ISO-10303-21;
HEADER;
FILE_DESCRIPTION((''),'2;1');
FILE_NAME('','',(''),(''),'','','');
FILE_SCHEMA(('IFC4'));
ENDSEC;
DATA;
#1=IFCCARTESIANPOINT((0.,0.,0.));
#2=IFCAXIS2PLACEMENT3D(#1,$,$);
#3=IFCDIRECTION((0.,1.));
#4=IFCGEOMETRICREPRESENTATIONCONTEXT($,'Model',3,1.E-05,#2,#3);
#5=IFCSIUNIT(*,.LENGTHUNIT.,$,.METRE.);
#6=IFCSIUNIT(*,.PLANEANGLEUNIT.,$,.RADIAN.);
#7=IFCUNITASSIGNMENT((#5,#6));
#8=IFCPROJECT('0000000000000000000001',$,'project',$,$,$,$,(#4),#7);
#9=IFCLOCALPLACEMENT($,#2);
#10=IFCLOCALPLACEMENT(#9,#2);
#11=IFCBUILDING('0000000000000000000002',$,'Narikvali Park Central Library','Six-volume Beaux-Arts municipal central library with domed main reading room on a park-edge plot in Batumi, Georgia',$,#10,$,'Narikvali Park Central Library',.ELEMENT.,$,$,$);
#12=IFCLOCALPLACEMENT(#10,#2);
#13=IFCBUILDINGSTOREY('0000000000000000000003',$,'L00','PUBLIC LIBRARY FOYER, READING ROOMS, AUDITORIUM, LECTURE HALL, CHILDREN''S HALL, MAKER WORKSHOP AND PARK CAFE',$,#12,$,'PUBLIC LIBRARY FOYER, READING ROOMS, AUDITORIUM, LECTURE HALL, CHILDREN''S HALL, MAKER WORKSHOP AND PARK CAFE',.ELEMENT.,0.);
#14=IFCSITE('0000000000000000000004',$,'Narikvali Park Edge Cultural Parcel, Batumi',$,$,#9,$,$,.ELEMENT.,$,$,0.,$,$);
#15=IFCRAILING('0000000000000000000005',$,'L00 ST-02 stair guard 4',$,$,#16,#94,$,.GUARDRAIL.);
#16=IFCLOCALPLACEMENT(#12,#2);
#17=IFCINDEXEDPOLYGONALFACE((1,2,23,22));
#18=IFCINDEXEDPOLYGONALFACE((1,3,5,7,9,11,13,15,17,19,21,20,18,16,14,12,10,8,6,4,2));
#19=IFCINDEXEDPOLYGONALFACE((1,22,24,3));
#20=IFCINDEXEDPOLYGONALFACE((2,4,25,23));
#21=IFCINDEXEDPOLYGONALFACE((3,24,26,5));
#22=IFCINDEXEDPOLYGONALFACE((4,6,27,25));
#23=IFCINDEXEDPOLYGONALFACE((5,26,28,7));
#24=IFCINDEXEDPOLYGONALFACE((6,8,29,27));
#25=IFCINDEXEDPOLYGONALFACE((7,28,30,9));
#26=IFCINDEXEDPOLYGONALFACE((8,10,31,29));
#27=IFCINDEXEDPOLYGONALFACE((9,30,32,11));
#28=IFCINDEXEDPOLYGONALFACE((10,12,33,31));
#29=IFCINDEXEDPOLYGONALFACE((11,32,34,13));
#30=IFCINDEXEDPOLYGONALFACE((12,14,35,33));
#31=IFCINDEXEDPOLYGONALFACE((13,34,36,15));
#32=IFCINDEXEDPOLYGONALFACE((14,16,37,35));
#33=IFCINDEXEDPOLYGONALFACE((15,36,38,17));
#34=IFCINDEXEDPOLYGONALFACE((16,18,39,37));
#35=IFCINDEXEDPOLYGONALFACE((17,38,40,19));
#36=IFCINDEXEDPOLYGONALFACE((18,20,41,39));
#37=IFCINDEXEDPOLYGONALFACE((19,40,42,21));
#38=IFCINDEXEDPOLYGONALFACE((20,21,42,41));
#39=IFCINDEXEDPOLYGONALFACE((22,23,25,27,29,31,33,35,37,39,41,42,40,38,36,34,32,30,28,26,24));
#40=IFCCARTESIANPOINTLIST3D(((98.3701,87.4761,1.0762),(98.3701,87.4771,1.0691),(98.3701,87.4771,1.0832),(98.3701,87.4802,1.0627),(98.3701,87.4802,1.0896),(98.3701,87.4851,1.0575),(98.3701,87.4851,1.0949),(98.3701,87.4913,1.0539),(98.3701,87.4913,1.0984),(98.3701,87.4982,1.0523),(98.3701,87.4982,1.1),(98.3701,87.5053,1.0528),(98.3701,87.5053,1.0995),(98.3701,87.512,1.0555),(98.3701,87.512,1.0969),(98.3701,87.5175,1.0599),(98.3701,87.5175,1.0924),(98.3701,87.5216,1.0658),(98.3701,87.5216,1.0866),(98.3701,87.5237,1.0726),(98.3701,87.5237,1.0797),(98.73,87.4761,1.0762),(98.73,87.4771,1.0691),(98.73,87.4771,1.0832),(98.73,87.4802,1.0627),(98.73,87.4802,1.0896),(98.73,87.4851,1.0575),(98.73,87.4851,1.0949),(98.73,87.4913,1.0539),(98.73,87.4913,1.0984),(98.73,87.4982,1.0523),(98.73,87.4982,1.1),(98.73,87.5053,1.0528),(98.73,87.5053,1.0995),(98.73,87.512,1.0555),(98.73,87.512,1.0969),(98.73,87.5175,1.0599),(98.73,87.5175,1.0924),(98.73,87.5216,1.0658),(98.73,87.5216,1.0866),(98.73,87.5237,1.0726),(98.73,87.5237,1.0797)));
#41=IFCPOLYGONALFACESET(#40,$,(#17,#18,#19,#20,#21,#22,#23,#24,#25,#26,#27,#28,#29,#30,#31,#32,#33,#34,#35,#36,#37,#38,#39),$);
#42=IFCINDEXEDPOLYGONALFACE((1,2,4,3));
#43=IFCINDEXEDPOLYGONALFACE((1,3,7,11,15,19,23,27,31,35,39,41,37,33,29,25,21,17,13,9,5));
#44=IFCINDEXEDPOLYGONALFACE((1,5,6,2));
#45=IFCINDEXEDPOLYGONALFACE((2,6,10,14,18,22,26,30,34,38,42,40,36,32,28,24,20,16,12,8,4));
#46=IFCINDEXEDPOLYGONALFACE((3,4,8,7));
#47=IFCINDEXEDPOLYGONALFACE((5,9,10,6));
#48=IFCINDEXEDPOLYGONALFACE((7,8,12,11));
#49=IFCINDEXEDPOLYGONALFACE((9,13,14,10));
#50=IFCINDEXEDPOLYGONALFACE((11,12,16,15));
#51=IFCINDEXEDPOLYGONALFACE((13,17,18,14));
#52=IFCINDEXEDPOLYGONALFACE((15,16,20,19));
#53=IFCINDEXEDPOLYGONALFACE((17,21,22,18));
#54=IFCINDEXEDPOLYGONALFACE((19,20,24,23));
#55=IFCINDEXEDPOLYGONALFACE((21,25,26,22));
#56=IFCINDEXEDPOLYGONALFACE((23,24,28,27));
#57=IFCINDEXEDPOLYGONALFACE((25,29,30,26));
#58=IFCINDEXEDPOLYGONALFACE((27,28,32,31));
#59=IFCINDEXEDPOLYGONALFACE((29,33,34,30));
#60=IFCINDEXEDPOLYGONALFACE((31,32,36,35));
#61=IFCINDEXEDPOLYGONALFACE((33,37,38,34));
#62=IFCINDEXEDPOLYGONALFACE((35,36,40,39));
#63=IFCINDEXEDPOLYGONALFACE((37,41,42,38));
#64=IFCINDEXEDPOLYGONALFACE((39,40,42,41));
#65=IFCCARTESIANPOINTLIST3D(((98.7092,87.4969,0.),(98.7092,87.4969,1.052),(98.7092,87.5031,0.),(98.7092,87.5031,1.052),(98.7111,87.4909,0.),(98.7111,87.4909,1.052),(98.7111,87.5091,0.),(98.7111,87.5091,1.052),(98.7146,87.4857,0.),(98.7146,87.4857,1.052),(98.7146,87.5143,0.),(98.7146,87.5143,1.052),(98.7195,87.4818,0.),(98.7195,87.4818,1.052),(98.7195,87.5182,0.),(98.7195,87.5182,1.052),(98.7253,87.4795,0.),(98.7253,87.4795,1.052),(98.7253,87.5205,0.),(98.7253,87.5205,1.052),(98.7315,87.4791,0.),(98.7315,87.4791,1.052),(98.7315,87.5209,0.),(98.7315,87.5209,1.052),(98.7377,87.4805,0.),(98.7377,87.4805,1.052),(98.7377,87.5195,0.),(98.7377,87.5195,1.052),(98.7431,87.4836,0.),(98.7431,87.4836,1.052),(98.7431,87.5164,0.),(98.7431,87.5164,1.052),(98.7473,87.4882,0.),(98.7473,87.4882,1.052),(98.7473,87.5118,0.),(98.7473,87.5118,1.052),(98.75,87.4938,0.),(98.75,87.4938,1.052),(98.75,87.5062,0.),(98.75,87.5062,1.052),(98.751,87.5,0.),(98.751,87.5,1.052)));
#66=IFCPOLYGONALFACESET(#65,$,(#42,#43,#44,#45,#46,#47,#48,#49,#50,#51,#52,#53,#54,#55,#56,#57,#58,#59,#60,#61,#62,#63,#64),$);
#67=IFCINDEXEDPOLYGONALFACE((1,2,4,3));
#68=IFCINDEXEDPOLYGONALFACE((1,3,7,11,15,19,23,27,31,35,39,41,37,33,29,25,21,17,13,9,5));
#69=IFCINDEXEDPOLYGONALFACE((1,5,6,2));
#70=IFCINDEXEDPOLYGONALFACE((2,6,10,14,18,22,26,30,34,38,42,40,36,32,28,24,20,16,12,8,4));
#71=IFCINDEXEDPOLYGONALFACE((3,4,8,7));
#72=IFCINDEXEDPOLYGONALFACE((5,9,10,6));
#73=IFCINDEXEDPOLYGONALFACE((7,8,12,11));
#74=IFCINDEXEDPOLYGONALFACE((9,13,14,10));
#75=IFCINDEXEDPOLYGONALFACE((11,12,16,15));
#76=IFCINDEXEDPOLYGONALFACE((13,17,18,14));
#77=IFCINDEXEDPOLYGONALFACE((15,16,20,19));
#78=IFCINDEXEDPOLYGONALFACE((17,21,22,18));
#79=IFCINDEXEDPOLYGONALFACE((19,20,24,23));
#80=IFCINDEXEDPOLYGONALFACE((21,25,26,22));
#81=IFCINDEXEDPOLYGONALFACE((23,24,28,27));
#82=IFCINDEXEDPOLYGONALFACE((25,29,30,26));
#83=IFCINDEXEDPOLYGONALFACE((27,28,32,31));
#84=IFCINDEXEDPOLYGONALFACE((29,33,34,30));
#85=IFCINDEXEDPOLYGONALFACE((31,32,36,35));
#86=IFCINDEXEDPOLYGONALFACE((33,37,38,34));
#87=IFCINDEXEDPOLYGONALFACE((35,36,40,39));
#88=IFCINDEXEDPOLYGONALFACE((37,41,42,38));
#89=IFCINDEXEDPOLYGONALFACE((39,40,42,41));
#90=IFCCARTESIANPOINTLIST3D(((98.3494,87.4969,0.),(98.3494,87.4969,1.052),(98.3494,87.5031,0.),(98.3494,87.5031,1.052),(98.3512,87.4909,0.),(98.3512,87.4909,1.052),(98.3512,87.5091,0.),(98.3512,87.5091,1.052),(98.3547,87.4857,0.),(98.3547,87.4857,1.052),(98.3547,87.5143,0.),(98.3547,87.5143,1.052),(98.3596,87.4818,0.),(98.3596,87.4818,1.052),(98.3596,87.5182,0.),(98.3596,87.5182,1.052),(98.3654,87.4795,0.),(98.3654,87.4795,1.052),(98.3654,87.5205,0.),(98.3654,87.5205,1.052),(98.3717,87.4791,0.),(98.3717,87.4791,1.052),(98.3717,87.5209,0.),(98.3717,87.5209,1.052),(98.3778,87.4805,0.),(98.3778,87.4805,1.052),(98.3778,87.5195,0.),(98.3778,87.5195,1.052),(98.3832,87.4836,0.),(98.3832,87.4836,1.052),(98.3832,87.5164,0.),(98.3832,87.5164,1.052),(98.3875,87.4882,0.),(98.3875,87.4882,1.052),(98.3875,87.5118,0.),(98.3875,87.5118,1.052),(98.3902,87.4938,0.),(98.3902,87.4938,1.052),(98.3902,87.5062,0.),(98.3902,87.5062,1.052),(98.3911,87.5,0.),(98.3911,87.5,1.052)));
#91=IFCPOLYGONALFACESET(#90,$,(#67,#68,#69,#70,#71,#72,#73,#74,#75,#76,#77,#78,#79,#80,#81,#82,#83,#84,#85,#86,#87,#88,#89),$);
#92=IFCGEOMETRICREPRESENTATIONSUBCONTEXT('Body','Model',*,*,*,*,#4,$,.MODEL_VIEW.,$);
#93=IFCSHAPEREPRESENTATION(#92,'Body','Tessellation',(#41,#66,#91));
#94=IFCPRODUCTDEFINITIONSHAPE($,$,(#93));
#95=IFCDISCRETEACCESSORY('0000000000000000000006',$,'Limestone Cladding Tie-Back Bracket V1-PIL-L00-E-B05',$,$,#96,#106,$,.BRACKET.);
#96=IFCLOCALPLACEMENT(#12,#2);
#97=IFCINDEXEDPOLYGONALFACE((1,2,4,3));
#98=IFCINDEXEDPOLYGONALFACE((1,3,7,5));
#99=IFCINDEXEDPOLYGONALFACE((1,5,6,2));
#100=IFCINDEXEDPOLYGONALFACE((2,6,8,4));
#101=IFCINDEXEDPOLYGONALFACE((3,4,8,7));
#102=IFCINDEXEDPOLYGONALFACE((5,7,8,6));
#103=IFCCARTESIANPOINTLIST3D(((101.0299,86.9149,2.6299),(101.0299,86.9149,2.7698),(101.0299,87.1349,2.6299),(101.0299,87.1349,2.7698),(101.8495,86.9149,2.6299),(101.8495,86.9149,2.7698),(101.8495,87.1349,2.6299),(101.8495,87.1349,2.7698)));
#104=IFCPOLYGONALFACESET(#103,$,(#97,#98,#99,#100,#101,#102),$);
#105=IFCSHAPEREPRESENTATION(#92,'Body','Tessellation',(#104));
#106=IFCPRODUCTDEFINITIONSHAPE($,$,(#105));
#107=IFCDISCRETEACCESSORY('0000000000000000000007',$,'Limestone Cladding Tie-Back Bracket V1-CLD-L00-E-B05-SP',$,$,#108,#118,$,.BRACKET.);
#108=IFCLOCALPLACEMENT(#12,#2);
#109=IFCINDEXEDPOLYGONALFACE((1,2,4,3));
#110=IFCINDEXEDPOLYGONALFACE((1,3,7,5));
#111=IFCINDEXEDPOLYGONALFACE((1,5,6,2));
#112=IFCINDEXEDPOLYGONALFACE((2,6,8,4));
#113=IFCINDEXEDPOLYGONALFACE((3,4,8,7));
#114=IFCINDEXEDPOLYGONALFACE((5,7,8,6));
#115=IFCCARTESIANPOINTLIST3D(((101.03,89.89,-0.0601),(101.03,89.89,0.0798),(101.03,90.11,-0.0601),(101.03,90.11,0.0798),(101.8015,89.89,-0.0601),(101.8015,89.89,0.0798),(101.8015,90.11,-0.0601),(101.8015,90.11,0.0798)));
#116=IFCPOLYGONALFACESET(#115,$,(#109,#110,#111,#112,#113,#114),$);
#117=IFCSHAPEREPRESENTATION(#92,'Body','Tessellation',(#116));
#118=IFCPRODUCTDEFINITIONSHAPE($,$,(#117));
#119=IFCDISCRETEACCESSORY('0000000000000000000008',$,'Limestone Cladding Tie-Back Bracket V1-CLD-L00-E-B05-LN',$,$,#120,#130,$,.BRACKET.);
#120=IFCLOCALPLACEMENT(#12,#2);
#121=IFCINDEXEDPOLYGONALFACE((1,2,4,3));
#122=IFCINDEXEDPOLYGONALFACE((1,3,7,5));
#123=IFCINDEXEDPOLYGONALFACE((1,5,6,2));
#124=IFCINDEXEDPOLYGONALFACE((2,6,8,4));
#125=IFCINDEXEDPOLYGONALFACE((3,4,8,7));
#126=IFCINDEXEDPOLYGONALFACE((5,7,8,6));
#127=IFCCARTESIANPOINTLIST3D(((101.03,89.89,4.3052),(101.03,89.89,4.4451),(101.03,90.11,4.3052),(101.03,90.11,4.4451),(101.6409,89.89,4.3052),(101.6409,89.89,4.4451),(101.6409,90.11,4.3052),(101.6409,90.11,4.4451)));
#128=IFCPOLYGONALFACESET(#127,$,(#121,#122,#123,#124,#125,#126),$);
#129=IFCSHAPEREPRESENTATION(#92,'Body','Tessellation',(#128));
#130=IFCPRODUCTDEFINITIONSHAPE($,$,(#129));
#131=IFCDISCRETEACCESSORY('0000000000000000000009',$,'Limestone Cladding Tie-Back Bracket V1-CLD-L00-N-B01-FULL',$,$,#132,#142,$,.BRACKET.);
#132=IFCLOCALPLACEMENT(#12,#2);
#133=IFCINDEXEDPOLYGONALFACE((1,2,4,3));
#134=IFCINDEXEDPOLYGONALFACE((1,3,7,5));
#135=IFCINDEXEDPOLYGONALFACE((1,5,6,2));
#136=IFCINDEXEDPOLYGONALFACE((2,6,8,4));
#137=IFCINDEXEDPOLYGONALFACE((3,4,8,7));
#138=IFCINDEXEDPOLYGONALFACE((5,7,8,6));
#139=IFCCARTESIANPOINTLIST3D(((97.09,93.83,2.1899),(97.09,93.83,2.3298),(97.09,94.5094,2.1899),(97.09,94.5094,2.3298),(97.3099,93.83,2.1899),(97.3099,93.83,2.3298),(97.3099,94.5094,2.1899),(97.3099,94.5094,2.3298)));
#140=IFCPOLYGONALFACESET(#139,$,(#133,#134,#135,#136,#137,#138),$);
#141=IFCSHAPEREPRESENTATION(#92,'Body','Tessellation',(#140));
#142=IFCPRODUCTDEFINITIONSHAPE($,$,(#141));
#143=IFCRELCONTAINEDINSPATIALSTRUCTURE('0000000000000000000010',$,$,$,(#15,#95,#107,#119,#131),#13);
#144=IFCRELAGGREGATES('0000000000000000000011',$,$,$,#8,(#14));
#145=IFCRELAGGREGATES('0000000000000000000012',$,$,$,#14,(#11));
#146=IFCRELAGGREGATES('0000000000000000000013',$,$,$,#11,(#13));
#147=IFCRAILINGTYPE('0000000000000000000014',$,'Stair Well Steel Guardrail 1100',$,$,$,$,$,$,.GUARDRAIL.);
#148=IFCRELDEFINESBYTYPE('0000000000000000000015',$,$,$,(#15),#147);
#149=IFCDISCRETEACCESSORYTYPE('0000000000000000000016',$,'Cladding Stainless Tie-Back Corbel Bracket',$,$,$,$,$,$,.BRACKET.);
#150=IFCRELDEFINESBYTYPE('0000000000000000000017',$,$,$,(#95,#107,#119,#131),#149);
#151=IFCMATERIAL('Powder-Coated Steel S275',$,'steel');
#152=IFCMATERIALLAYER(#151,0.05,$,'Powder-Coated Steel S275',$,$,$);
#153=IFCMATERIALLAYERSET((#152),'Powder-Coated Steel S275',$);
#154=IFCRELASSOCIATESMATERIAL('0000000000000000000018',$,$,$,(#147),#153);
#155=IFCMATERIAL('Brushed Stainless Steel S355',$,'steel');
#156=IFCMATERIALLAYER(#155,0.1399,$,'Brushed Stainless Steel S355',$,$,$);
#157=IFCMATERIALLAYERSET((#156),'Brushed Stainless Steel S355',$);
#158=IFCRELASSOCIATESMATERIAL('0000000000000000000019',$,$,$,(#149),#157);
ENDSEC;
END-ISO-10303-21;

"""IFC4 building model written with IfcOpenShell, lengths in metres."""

from ifc_helpers import new_model, si_unit, direction, frame, origin, origin_2d, place, context, subcontext, project, spatial, rectangle, circle, extrude, material, layer, layer_set, type_object, element, save


model = new_model("IFC4")

# Units and contexts
model_context = context("Model", 3, precision=1e-05, world=origin(), true_north=direction((0.0, 1.0)))
body_context = subcontext(model_context, "Body", "Model", "MODEL_VIEW")
ifc_project = project(units=[si_unit("LENGTHUNIT", "METRE"), si_unit("PLANEANGLEUNIT", "RADIAN")], contexts=[model_context])

# Site, building, storey
site_placement = place(None, origin())
site = spatial("IfcSite", under=ifc_project, at=site_placement, Name="Narikvali Park Edge Cultural Parcel, Batumi", CompositionType="ELEMENT", RefElevation=0.0)
building_placement = place(site_placement, origin())
building = spatial("IfcBuilding", under=site, at=building_placement, Name="Narikvali Park Central Library", Description="Six-volume Beaux-Arts municipal central library with domed main reading room on a park-edge plot in Batumi, Georgia", LongName="Narikvali Park Central Library", CompositionType="ELEMENT")
storey_placement = place(building_placement, origin())
storey = spatial("IfcBuildingStorey", under=building, at=storey_placement, Name="L00", Description="PUBLIC LIBRARY FOYER, READING ROOMS, AUDITORIUM, LECTURE HALL, CHILDREN'S HALL, MAKER WORKSHOP AND PARK CAFE", LongName="PUBLIC LIBRARY FOYER, READING ROOMS, AUDITORIUM, LECTURE HALL, CHILDREN'S HALL, MAKER WORKSHOP AND PARK CAFE", CompositionType="ELEMENT", Elevation=0.0)

# Shared definitions
ifc_material_1 = material(Name="Brushed Stainless Steel S355", Category="steel")

# Railing
ifc_material_2 = material(Name="Powder-Coated Steel S275", Category="steel")
ifc_layer_1 = layer(ifc_material_2, 0.05, Name="Powder-Coated Steel S275")
ifc_layer_set_1 = layer_set([ifc_layer_1], Name="Powder-Coated Steel S275")
railing_type_1 = type_object("IfcRailingType", Name="Stair Well Steel Guardrail 1100", PredefinedType="GUARDRAIL", material=ifc_layer_set_1)
railing_1_placement = place(storey_placement, frame((98.73, 87.5, 0.0)))
element("IfcRailing", 1, at=railing_1_placement, inside=storey, type_object=railing_type_1, Name="L00 ST-02 stair guard 4", PredefinedType="GUARDRAIL", context=body_context, shape_type="SweptSolid", body=[
    extrude(circle(Radius=0.0239, at=origin_2d()), frame((0.0, 0.0, 1.0762), z_axis=(-1.0, 0.0, 0.0), x_axis=(0.0, -1.0, 0.0)), (0.0, 0.0, 1.0), 0.3599),
    extrude(circle(Radius=0.021, at=origin_2d()), origin(), (0.0, 0.0, 1.0), 1.052),
    extrude(circle(Radius=0.021, at=origin_2d()), frame((-0.3599, 0.0, 0.0)), (0.0, 0.0, 1.0), 1.052),
])

# Discrete accessories
ifc_layer_2 = layer(ifc_material_1, 0.1399, Name="Brushed Stainless Steel S355")
ifc_layer_set_2 = layer_set([ifc_layer_2], Name="Brushed Stainless Steel S355")
discrete_accessory_type = type_object("IfcDiscreteAccessoryType", Name="Cladding Stainless Tie-Back Corbel Bracket", PredefinedType="BRACKET", material=ifc_layer_set_2)
discrete_accessory_1_placement = place(storey_placement, frame((101.4397, 87.0249, 2.6299), z_axis=(0.0, 0.0, 1.0), x_axis=(1.0, 0.0, 0.0)))
element("IfcDiscreteAccessory", 2, at=discrete_accessory_1_placement, inside=storey, type_object=discrete_accessory_type, Name="Limestone Cladding Tie-Back Bracket V1-PIL-L00-E-B05", PredefinedType="BRACKET", context=body_context, shape_type="SweptSolid", body=[
    extrude(rectangle(XDim=0.8196, YDim=0.22, at=origin_2d()), origin(), (0.0, 0.0, 1.0), 0.1399),
])
discrete_accessory_2_placement = place(storey_placement, frame((101.4158, 90.0, -0.0601), z_axis=(0.0, 0.0, 1.0), x_axis=(1.0, 0.0, 0.0)))
element("IfcDiscreteAccessory", 3, at=discrete_accessory_2_placement, inside=storey, type_object=discrete_accessory_type, Name="Limestone Cladding Tie-Back Bracket V1-CLD-L00-E-B05-SP", PredefinedType="BRACKET", context=body_context, shape_type="SweptSolid", body=[
    extrude(rectangle(XDim=0.7715, YDim=0.22, at=origin_2d()), origin(), (0.0, 0.0, 1.0), 0.1399),
])
discrete_accessory_3_placement = place(storey_placement, frame((101.3354, 90.0, 4.3052), z_axis=(0.0, 0.0, 1.0), x_axis=(1.0, 0.0, 0.0)))
element("IfcDiscreteAccessory", 4, at=discrete_accessory_3_placement, inside=storey, type_object=discrete_accessory_type, Name="Limestone Cladding Tie-Back Bracket V1-CLD-L00-E-B05-LN", PredefinedType="BRACKET", context=body_context, shape_type="SweptSolid", body=[
    extrude(rectangle(XDim=0.6108, YDim=0.22, at=origin_2d()), origin(), (0.0, 0.0, 1.0), 0.1399),
])
discrete_accessory_4_placement = place(storey_placement, frame((97.2, 94.1697, 2.1899), z_axis=(0.0, 0.0, 1.0), x_axis=(1.0, 0.0, 0.0)))
element("IfcDiscreteAccessory", 5, at=discrete_accessory_4_placement, inside=storey, type_object=discrete_accessory_type, Name="Limestone Cladding Tie-Back Bracket V1-CLD-L00-N-B01-FULL", PredefinedType="BRACKET", context=body_context, shape_type="SweptSolid", body=[
    extrude(rectangle(XDim=0.22, YDim=0.6794, at=origin_2d()), origin(), (0.0, 0.0, 1.0), 0.1399),
])

save(model, "model.ifc")
